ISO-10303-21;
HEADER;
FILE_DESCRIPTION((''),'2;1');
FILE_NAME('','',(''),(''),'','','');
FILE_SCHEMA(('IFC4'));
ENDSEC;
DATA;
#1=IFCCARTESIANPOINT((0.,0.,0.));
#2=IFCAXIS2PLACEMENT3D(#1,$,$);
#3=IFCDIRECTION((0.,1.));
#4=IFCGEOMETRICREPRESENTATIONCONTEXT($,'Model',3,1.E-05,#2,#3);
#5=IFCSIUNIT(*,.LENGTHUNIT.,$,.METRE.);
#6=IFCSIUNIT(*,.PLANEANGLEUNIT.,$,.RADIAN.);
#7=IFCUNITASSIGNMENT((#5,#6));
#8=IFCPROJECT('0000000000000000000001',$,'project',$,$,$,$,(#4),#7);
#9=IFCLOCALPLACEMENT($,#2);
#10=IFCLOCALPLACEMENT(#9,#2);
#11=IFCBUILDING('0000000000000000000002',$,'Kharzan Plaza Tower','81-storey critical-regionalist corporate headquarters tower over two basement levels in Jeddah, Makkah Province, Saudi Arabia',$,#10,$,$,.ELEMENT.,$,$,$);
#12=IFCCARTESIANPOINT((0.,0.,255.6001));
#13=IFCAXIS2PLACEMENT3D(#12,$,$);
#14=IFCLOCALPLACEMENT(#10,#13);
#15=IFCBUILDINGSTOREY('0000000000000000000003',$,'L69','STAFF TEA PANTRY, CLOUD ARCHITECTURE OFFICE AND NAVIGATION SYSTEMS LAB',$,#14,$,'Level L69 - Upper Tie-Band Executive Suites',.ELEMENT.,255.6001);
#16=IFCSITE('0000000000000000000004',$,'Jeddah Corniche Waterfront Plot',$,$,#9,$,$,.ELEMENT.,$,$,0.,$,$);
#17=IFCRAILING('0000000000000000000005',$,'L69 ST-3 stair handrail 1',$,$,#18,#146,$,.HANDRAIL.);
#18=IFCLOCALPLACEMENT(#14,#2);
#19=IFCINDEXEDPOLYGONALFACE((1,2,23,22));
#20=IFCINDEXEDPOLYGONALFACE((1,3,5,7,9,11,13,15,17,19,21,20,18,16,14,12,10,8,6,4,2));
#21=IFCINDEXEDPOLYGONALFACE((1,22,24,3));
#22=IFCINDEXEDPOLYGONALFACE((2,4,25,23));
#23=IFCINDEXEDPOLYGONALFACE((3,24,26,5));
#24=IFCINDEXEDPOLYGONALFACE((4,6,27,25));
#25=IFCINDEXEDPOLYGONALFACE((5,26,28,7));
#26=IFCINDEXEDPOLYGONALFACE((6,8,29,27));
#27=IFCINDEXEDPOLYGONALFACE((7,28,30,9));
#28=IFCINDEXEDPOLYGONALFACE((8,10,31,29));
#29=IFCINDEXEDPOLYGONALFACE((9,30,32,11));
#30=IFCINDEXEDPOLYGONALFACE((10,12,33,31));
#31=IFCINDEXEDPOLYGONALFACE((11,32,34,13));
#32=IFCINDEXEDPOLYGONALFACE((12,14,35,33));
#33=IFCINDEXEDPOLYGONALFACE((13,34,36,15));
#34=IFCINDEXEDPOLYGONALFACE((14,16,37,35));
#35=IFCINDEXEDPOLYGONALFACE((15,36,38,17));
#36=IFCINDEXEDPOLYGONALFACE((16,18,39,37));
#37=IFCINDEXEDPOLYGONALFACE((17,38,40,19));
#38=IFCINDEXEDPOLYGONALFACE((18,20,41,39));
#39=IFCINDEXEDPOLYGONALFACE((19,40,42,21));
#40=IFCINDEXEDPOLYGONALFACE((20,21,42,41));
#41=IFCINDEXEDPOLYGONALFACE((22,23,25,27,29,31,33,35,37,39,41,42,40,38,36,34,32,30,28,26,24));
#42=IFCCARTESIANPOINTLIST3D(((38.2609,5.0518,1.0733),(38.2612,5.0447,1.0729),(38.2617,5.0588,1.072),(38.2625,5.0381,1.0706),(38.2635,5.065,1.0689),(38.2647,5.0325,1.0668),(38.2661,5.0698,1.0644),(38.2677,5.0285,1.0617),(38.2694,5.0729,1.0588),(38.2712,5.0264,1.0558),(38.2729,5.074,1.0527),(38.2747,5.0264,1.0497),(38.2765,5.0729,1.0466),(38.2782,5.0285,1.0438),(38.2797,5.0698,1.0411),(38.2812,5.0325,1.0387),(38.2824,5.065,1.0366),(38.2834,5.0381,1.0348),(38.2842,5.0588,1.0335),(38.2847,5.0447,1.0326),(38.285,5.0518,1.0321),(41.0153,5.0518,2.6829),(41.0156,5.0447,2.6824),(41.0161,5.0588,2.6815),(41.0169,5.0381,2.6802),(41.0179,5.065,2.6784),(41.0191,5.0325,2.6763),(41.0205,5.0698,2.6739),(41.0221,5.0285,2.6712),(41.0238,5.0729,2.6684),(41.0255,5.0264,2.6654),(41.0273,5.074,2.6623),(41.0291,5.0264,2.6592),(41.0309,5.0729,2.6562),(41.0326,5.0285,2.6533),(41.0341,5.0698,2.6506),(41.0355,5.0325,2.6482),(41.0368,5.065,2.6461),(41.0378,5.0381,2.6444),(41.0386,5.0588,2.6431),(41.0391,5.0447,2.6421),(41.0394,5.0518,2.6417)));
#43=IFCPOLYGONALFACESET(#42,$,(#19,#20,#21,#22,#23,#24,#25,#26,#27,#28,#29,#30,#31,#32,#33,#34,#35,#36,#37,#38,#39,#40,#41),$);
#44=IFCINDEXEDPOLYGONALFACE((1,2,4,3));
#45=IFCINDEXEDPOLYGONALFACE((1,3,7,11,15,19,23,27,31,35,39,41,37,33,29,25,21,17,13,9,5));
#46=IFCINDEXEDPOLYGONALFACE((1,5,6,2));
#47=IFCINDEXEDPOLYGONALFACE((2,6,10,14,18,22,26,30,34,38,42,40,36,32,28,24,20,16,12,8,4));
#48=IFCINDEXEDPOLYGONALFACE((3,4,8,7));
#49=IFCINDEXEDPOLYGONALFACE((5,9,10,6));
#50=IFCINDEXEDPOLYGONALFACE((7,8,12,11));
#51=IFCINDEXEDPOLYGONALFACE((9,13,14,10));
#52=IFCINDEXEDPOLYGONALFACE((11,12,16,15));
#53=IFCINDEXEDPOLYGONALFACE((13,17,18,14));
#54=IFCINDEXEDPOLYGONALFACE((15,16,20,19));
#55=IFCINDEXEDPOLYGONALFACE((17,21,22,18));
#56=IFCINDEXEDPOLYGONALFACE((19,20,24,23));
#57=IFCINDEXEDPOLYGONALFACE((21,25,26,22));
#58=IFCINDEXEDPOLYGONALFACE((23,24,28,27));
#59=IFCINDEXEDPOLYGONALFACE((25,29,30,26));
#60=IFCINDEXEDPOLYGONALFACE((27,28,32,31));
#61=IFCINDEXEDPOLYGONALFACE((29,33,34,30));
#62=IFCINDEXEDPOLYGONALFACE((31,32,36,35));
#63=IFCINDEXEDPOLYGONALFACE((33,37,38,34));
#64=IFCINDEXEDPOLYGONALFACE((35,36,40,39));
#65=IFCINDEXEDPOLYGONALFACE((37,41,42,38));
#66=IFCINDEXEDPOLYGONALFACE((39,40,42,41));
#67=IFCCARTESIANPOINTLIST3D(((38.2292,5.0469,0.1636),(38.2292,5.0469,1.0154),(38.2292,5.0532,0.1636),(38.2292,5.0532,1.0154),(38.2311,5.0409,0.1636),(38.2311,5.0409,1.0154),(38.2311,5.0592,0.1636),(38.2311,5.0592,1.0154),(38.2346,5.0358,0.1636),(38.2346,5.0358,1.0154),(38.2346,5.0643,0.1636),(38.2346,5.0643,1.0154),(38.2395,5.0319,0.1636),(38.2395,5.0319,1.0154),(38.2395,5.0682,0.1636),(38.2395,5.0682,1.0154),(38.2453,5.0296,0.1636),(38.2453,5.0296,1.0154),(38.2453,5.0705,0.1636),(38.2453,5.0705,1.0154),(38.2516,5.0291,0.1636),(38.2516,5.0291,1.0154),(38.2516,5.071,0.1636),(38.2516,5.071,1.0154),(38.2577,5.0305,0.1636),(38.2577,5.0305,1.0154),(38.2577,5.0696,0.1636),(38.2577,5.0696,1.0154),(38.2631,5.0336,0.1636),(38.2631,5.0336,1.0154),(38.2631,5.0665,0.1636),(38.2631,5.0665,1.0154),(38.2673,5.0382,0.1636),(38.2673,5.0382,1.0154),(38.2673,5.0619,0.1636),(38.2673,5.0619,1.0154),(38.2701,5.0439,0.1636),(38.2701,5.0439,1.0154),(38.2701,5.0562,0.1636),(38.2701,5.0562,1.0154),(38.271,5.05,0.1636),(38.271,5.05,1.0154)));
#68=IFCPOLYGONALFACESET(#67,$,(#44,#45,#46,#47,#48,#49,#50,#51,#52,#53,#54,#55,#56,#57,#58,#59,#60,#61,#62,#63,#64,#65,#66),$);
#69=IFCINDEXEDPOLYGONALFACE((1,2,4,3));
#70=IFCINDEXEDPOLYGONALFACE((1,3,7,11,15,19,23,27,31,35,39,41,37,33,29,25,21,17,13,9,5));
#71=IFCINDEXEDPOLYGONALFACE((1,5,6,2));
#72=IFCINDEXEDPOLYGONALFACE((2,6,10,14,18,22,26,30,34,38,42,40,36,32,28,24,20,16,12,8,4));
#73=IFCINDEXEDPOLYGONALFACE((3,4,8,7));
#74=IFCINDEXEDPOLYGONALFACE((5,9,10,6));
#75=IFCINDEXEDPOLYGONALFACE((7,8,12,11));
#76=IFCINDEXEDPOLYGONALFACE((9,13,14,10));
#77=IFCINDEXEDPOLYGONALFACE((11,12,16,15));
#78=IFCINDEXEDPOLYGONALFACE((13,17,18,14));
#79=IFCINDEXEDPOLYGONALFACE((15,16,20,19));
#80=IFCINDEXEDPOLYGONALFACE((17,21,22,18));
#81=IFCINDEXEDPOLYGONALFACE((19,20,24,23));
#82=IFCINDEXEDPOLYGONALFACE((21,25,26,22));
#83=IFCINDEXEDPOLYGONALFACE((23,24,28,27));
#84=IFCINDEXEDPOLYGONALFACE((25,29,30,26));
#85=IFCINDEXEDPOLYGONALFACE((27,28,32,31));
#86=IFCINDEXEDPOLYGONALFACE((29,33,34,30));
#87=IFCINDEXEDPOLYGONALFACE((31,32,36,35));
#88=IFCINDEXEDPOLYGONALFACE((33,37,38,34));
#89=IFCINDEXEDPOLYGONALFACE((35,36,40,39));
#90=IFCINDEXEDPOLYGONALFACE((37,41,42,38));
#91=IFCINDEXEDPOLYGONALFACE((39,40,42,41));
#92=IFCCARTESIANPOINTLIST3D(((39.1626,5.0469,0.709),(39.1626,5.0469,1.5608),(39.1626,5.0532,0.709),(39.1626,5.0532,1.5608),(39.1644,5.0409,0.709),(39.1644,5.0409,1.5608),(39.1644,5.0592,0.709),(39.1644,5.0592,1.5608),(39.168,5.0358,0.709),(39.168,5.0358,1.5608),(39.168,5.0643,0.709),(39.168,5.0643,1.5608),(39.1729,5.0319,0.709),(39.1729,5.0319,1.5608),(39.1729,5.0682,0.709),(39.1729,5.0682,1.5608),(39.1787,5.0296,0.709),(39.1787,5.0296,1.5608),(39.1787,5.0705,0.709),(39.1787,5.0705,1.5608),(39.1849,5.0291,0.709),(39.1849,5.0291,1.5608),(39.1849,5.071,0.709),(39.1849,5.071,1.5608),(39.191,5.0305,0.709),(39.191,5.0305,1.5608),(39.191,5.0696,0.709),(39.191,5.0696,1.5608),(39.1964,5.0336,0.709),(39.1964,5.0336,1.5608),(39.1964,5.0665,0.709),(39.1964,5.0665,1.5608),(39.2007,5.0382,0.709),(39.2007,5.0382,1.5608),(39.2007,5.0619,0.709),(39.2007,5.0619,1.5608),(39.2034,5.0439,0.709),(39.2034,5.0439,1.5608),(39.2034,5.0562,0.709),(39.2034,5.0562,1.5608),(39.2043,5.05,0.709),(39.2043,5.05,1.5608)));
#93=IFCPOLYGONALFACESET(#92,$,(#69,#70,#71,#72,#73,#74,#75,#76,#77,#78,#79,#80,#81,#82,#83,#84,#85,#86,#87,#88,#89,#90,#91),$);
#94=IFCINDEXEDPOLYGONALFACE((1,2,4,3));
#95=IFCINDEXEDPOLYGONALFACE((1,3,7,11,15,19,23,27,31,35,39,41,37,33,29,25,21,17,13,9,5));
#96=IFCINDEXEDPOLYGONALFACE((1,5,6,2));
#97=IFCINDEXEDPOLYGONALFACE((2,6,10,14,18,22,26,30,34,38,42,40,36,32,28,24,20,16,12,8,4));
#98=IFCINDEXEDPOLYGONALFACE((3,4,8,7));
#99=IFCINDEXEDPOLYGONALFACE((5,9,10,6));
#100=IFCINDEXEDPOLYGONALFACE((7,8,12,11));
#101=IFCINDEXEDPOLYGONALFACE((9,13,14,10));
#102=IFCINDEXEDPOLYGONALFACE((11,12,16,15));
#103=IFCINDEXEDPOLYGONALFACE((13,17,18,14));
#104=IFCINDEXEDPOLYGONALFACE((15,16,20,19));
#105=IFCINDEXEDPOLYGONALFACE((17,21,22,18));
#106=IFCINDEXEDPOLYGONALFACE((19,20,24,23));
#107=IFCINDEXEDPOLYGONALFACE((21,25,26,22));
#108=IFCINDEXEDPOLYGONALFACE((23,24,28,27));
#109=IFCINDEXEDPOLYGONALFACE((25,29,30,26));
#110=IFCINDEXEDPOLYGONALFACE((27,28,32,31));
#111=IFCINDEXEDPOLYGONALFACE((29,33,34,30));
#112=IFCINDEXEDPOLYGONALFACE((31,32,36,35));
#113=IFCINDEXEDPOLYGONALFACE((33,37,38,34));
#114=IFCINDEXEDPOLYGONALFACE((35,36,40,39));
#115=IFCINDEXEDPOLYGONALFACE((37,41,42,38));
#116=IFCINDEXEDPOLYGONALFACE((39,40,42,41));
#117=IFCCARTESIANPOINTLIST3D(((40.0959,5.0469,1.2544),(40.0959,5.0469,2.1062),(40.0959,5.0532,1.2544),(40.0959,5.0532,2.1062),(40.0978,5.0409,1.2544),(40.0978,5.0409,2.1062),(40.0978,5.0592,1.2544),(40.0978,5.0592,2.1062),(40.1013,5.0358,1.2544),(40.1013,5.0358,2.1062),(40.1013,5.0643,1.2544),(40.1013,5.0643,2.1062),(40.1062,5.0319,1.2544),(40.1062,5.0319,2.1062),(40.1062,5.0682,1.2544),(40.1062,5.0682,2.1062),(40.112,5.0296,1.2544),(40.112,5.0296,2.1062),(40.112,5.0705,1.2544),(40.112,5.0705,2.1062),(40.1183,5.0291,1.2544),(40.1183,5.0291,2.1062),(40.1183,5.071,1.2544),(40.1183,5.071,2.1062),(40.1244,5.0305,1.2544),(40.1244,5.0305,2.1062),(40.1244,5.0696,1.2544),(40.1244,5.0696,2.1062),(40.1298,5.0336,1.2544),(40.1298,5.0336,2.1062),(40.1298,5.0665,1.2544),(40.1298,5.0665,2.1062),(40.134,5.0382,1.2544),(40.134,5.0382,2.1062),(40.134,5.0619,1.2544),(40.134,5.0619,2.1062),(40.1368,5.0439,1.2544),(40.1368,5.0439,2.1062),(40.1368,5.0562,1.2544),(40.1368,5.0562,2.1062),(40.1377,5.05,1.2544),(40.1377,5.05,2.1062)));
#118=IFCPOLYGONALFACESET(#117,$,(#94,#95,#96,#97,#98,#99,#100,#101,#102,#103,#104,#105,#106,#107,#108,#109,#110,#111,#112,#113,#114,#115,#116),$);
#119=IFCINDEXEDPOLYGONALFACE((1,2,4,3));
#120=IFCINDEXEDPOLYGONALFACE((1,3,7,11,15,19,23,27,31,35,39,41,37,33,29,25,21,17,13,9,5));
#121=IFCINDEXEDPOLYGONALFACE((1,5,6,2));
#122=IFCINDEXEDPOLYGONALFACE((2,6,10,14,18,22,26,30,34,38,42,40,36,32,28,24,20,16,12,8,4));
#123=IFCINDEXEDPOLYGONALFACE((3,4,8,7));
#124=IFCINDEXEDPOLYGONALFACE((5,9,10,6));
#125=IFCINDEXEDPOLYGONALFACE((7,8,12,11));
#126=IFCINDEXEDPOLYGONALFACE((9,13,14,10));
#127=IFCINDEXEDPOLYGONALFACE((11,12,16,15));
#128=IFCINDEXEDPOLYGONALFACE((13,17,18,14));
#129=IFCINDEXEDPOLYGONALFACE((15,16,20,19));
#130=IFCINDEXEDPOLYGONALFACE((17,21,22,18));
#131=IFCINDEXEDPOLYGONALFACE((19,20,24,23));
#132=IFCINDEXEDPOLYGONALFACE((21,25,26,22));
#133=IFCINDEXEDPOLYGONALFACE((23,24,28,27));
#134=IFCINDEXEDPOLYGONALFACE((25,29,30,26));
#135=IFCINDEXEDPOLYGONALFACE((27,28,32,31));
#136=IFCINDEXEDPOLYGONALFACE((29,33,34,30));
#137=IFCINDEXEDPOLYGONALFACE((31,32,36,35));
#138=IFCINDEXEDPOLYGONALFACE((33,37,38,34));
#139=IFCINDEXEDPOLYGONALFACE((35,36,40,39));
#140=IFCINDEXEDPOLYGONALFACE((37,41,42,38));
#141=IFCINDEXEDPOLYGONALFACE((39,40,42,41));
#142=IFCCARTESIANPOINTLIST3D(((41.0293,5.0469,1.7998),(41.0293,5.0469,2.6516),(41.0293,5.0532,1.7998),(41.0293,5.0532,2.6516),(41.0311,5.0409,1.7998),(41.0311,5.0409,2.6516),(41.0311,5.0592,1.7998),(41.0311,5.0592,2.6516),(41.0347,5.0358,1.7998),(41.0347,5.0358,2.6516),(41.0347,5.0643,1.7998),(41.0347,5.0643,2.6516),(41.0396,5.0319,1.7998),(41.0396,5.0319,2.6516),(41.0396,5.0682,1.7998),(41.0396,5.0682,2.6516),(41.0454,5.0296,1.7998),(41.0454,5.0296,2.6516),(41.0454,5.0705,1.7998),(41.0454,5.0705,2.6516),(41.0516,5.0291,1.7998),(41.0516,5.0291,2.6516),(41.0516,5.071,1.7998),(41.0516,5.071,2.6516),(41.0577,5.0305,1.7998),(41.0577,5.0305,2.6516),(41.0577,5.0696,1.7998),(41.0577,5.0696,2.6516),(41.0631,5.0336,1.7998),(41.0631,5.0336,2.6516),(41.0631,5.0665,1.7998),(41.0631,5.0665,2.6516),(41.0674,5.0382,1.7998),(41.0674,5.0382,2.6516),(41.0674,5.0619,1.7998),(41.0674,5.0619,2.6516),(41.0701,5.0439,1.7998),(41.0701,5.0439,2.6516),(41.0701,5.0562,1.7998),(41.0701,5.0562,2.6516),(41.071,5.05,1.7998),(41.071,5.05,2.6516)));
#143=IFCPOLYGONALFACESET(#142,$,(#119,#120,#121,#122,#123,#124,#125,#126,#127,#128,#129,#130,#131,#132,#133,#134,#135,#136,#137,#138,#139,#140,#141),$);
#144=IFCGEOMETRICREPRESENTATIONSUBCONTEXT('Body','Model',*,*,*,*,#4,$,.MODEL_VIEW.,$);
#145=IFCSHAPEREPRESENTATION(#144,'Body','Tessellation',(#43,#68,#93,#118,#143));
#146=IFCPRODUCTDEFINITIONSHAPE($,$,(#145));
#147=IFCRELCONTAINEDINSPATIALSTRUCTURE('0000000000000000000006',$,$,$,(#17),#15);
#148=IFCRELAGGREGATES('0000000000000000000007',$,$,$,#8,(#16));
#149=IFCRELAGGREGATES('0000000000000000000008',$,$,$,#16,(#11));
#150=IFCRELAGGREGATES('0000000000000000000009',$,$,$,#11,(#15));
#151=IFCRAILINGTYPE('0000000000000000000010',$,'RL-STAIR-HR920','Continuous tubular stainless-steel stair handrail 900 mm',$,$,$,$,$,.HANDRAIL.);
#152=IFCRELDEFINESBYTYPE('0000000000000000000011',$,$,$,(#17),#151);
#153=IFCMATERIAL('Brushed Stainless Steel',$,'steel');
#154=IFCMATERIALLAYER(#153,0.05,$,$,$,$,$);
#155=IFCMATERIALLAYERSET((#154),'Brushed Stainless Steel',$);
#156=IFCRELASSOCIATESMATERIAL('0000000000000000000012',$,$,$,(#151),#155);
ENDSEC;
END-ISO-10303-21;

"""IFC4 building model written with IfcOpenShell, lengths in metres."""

from ifc_helpers import new_model, si_unit, direction, frame, origin, origin_2d, place, context, subcontext, project, spatial, circle, extrude, source, transform, mapped, material, layer, layer_set, type_object, element, save


model = new_model("IFC4")

# Units and contexts
model_context = context("Model", 3, precision=1e-05, world=origin(), true_north=direction((0.0, 1.0)))
body_context = subcontext(model_context, "Body", "Model", "MODEL_VIEW")
ifc_project = project(units=[si_unit("LENGTHUNIT", "METRE"), si_unit("PLANEANGLEUNIT", "RADIAN")], contexts=[model_context])

# Site, building, storey
site_placement = place(None, origin())
site = spatial("IfcSite", under=ifc_project, at=site_placement, Name="Jeddah Corniche Waterfront Plot", CompositionType="ELEMENT", RefElevation=0.0)
building_placement = place(site_placement, origin())
building = spatial("IfcBuilding", under=site, at=building_placement, Name="Kharzan Plaza Tower", Description="81-storey critical-regionalist corporate headquarters tower over two basement levels in Jeddah, Makkah Province, Saudi Arabia", CompositionType="ELEMENT")
storey_placement = place(building_placement, frame((0.0, 0.0, 255.6001)))
storey = spatial("IfcBuildingStorey", under=building, at=storey_placement, Name="L69", Description="STAFF TEA PANTRY, CLOUD ARCHITECTURE OFFICE AND NAVIGATION SYSTEMS LAB", LongName="Level L69 - Upper Tie-Band Executive Suites", CompositionType="ELEMENT", Elevation=255.6001)

# Railing
ifc_material_1 = material(Name="Brushed Stainless Steel", Category="steel")
ifc_layer_1 = layer(ifc_material_1, 0.05)
ifc_layer_set_1 = layer_set([ifc_layer_1], Name="Brushed Stainless Steel")
railing_type_1 = type_object("IfcRailingType", Name="RL-STAIR-HR920", Description="Continuous tubular stainless-steel stair handrail 900 mm", PredefinedType="HANDRAIL", material=ifc_layer_set_1)
shared_shape_1 = source(origin(), body_context, "Body", "SweptSolid", [
    extrude(circle(Radius=0.0239, at=origin_2d()), frame((0.0229, 0.0, 0.8892), z_axis=(0.863394, 0.0, 0.504531), x_axis=(0.0, 1.0, 0.0)), (0.0, 0.0, 1.0), 3.1902),
    extrude(circle(Radius=0.021, at=origin_2d()), origin(), (0.0, 0.0, 1.0), 0.8518),
    extrude(circle(Radius=0.021, at=origin_2d()), frame((0.9333, 0.0, 0.5454)), (0.0, 0.0, 1.0), 0.8518),
    extrude(circle(Radius=0.021, at=origin_2d()), frame((1.8667, 0.0, 1.0908)), (0.0, 0.0, 1.0), 0.8518),
    extrude(circle(Radius=0.021, at=origin_2d()), frame((2.8, 0.0, 1.6362)), (0.0, 0.0, 1.0), 0.8518),
])
railing_1_placement = place(storey_placement, frame((38.25, 5.05, 0.1636)))
element("IfcRailing", 1, at=railing_1_placement, inside=storey, type_object=railing_type_1, Name="L69 ST-3 stair handrail 1", PredefinedType="HANDRAIL", context=body_context, shape_type="MappedRepresentation", body=[
    mapped(shared_shape_1, transform((0.0, 0.0, 0.0), x_axis=(1.0, 0.0, 0.0), y_axis=(0.0, 1.0, 0.0), z_axis=(0.0, 0.0, 1.0))),
])

save(model, "model.ifc")
